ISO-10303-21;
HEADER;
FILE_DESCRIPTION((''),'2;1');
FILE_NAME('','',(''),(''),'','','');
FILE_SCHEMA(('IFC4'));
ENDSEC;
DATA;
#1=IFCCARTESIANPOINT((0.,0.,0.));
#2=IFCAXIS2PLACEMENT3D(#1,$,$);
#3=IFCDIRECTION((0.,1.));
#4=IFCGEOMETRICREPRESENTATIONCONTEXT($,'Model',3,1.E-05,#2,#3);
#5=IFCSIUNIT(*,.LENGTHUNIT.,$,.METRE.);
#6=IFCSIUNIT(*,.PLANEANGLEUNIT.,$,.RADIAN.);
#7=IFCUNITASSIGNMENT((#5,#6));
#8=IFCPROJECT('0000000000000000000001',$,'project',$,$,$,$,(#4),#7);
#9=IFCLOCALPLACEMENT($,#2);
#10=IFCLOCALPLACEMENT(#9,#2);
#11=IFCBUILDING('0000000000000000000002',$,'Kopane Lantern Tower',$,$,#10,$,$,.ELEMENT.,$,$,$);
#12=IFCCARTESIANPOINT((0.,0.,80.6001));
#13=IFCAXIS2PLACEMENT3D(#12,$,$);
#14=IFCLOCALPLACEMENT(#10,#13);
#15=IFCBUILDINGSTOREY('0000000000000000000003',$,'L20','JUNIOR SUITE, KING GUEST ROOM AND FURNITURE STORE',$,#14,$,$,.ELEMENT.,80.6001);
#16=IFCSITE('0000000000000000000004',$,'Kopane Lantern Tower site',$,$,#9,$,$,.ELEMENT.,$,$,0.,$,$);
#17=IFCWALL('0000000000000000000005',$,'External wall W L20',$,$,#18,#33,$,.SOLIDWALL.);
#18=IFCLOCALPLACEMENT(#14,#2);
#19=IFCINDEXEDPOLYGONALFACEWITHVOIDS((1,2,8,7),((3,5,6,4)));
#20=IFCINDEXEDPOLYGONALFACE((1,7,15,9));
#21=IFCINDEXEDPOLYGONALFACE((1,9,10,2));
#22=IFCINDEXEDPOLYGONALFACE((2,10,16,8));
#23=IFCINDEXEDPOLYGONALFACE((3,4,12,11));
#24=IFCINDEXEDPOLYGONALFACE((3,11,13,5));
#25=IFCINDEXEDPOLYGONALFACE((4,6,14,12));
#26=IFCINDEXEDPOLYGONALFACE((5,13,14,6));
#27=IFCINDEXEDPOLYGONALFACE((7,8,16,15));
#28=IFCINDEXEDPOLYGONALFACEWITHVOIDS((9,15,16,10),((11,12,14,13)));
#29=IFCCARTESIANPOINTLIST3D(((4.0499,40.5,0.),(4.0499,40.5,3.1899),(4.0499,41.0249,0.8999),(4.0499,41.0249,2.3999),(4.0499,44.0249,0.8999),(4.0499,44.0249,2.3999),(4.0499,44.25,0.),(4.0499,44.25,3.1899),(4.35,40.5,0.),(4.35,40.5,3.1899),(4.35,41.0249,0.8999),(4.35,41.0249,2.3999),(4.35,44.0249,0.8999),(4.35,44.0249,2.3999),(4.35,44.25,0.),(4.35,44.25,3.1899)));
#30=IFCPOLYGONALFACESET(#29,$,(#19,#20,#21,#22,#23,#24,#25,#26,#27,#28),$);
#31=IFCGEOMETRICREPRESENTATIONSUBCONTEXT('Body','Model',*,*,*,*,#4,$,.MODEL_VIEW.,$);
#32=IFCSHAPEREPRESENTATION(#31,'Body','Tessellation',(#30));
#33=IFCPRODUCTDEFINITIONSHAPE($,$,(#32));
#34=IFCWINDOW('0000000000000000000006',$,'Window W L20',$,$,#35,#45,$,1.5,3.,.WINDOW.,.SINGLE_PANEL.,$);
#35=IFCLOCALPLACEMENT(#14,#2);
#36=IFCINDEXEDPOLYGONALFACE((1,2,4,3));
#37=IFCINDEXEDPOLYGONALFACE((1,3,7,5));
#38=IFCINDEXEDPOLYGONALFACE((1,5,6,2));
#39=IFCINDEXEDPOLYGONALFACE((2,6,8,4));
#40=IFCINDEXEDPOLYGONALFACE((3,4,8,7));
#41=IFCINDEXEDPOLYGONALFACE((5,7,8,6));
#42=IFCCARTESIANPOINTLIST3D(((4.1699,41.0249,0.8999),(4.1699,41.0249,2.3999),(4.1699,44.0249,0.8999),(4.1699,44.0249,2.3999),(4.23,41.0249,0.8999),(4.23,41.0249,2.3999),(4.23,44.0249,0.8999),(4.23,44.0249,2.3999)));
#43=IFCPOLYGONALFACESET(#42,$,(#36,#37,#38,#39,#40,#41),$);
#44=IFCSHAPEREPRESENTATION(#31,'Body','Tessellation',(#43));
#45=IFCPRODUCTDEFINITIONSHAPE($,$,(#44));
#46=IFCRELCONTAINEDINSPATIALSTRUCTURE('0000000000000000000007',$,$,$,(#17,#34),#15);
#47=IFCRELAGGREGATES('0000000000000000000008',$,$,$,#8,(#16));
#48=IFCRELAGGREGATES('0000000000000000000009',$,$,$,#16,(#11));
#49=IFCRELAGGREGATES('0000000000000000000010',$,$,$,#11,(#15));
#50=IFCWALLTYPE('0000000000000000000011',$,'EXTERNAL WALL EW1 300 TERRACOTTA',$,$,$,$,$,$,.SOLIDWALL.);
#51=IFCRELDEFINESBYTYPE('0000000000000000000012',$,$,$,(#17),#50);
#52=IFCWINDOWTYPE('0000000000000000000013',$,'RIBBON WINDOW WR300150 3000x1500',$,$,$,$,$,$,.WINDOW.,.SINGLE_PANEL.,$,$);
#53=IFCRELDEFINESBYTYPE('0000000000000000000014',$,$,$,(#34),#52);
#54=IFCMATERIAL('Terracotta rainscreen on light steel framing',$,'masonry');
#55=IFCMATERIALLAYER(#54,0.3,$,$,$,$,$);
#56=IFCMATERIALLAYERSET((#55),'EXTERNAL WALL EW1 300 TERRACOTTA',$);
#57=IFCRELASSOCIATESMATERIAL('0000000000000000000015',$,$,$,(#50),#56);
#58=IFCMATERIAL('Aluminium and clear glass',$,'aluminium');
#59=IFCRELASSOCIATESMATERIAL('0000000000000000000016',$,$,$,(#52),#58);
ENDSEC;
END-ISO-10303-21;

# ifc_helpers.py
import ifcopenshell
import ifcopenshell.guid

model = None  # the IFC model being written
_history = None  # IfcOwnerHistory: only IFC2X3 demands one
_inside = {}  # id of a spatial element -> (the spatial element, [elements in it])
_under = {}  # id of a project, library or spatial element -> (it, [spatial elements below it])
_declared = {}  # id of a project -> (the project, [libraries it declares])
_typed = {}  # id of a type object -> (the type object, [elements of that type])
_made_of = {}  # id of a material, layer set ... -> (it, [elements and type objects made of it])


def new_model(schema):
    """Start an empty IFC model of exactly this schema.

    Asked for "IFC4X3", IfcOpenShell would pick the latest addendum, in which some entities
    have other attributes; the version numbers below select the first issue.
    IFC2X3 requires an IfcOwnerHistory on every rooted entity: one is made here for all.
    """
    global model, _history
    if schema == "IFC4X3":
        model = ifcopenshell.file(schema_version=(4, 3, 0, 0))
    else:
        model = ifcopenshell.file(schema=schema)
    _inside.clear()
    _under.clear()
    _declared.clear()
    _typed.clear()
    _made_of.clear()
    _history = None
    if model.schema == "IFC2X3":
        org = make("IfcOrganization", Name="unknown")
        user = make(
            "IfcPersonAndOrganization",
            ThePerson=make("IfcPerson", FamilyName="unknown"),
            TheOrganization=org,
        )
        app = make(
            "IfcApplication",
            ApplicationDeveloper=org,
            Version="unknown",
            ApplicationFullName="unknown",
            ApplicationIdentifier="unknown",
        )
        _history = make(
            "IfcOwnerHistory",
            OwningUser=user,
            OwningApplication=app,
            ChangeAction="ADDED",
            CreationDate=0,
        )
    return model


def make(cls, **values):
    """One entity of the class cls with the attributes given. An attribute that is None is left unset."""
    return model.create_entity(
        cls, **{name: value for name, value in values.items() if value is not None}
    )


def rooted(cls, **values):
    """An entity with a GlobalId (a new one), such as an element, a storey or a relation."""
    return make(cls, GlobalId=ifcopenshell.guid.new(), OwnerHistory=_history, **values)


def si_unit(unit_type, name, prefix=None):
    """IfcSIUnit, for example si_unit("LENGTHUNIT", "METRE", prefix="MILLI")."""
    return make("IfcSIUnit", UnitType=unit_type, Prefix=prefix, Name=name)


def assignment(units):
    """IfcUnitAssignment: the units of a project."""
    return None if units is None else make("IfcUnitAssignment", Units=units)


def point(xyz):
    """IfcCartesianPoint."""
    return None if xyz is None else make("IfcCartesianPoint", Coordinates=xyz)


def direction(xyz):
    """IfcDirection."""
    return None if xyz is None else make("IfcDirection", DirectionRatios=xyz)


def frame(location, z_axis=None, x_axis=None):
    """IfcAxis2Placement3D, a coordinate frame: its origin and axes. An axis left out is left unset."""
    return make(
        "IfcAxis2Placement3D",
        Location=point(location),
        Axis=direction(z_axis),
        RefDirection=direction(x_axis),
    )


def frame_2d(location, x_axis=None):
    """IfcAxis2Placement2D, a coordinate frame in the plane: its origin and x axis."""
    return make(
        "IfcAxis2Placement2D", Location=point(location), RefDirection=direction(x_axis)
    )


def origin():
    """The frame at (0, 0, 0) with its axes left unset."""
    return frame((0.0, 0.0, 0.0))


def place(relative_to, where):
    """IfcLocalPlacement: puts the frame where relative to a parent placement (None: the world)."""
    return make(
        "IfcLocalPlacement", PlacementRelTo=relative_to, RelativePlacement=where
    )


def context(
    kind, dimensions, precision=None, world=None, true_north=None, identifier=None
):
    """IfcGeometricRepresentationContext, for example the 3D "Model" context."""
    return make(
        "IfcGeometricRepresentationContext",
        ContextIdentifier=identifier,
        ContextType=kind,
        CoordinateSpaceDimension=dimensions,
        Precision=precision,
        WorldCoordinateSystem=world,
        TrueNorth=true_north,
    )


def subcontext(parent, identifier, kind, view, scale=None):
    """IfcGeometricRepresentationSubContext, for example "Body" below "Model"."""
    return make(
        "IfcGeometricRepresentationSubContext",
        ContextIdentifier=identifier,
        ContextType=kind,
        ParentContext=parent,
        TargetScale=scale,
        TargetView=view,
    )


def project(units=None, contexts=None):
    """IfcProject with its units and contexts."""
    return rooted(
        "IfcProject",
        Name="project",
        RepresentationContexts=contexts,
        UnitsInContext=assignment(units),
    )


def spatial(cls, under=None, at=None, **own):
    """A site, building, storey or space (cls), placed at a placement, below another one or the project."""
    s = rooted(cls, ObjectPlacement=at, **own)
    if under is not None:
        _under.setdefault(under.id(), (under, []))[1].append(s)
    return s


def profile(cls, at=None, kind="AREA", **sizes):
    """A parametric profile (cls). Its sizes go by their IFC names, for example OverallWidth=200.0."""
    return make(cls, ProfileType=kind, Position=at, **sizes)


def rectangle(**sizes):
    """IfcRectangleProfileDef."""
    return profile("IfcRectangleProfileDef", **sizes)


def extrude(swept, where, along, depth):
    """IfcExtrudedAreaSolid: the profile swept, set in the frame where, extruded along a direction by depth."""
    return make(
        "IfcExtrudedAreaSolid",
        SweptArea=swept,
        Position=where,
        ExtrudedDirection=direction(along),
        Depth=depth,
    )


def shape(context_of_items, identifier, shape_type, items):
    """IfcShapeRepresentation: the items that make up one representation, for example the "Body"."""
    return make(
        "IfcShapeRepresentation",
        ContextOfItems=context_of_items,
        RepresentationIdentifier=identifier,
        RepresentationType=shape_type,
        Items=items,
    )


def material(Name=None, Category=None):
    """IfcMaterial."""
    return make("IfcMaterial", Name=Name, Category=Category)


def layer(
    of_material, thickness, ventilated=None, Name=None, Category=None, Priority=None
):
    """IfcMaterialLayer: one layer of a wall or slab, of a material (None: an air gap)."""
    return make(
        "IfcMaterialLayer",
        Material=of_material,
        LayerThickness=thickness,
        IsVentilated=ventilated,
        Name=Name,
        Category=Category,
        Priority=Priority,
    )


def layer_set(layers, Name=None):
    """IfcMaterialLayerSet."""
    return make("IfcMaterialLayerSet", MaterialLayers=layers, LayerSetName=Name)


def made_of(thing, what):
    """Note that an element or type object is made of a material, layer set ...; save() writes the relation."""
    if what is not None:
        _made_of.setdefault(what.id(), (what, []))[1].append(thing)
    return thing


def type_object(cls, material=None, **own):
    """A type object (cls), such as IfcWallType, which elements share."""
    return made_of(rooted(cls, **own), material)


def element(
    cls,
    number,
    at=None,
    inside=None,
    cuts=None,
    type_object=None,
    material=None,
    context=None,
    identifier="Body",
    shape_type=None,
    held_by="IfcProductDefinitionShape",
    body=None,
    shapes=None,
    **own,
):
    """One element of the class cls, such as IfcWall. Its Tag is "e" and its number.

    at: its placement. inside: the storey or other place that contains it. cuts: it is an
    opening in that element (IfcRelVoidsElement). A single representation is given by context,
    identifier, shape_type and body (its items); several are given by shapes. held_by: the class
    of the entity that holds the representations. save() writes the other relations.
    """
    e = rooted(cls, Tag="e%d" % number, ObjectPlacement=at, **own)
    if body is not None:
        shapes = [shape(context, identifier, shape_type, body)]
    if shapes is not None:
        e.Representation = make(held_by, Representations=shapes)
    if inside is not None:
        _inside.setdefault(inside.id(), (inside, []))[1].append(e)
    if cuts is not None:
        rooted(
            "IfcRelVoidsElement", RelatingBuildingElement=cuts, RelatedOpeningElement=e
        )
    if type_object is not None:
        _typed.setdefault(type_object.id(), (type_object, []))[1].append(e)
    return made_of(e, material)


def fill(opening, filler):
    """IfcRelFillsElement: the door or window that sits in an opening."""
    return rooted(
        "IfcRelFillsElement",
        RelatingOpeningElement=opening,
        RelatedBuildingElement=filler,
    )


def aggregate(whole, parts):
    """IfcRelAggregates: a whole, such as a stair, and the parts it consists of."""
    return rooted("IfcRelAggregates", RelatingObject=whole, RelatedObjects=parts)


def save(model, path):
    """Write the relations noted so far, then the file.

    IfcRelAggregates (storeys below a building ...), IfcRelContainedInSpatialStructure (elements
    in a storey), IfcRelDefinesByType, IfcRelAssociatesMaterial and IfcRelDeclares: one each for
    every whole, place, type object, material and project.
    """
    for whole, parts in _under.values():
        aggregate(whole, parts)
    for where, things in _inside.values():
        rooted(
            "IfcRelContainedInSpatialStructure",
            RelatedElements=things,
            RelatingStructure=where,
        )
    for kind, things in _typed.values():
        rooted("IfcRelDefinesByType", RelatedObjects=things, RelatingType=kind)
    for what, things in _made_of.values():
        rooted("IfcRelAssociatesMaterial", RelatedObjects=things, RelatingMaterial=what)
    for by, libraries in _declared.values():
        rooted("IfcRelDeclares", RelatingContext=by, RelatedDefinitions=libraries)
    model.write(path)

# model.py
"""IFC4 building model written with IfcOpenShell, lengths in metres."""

from ifc_helpers import new_model, si_unit, direction, frame, frame_2d, origin, place, context, subcontext, project, spatial, rectangle, extrude, material, layer, layer_set, type_object, element, fill, save


model = new_model("IFC4")

# Units and contexts
model_context = context("Model", 3, precision=1e-05, world=origin(), true_north=direction((0.0, 1.0)))
body_context = subcontext(model_context, "Body", "Model", "MODEL_VIEW")
ifc_project = project(units=[si_unit("LENGTHUNIT", "METRE"), si_unit("PLANEANGLEUNIT", "RADIAN")], contexts=[model_context])

# Site, building, storey
site_placement = place(None, origin())
site = spatial("IfcSite", under=ifc_project, at=site_placement, Name="Kopane Lantern Tower site", CompositionType="ELEMENT", RefElevation=0.0)
building_placement = place(site_placement, origin())
building = spatial("IfcBuilding", under=site, at=building_placement, Name="Kopane Lantern Tower", CompositionType="ELEMENT")
storey_placement = place(building_placement, frame((0.0, 0.0, 80.6001)))
storey = spatial("IfcBuildingStorey", under=building, at=storey_placement, Name="L20", Description="JUNIOR SUITE, KING GUEST ROOM AND FURNITURE STORE", CompositionType="ELEMENT", Elevation=80.6001)

# Wall, opening, window
ifc_material_1 = material(Name="Terracotta rainscreen on light steel framing", Category="masonry")
ifc_layer_1 = layer(ifc_material_1, 0.3)
ifc_layer_set_1 = layer_set([ifc_layer_1], Name="EXTERNAL WALL EW1 300 TERRACOTTA")
wall_type_1 = type_object("IfcWallType", Name="EXTERNAL WALL EW1 300 TERRACOTTA", PredefinedType="SOLIDWALL", material=ifc_layer_set_1)
wall_1_placement = place(storey_placement, frame((4.2, 44.25, 0.0), z_axis=(0.0, 0.0, 1.0), x_axis=(0.0, -1.0, 0.0)))
wall_1 = element("IfcWall", 1, at=wall_1_placement, inside=storey, type_object=wall_type_1, Name="External wall W L20", PredefinedType="SOLIDWALL", context=body_context, shape_type="SweptSolid", body=[
    extrude(rectangle(XDim=3.75, YDim=0.3, at=frame_2d((1.875, 0.0))), origin(), (0.0, 0.0, 1.0), 3.1899),
])
opening_placement = place(wall_1_placement, frame((0.2251, 0.0, 0.8999)))
opening = element("IfcOpeningElement", 2, at=opening_placement, cuts=wall_1, PredefinedType="OPENING", context=body_context, shape_type="SweptSolid", body=[
    extrude(rectangle(XDim=3.0, YDim=1.5, at=frame_2d((1.5, 0.75))), frame((0.0, 0.1599, 0.0), z_axis=(0.0, -1.0, 0.0), x_axis=(1.0, 0.0, 0.0)), (0.0, 0.0, 1.0), 0.3201),
])
ifc_material_2 = material(Name="Aluminium and clear glass", Category="aluminium")
window_type = type_object("IfcWindowType", Name="RIBBON WINDOW WR300150 3000x1500", PartitioningType="SINGLE_PANEL", PredefinedType="WINDOW", material=ifc_material_2)
window_placement = place(opening_placement, origin())
window = element("IfcWindow", 3, at=window_placement, inside=storey, type_object=window_type, Name="Window W L20", OverallHeight=1.5, OverallWidth=3.0, PartitioningType="SINGLE_PANEL", PredefinedType="WINDOW", context=body_context, shape_type="SweptSolid", body=[
    extrude(rectangle(XDim=3.0, YDim=1.5, at=frame_2d((1.5, 0.75))), frame((0.0, 0.03, 0.0), z_axis=(0.0, -1.0, 0.0), x_axis=(1.0, 0.0, 0.0)), (0.0, 0.0, 1.0), 0.0601),
])
fill(opening, window)

save(model, "model.ifc")
